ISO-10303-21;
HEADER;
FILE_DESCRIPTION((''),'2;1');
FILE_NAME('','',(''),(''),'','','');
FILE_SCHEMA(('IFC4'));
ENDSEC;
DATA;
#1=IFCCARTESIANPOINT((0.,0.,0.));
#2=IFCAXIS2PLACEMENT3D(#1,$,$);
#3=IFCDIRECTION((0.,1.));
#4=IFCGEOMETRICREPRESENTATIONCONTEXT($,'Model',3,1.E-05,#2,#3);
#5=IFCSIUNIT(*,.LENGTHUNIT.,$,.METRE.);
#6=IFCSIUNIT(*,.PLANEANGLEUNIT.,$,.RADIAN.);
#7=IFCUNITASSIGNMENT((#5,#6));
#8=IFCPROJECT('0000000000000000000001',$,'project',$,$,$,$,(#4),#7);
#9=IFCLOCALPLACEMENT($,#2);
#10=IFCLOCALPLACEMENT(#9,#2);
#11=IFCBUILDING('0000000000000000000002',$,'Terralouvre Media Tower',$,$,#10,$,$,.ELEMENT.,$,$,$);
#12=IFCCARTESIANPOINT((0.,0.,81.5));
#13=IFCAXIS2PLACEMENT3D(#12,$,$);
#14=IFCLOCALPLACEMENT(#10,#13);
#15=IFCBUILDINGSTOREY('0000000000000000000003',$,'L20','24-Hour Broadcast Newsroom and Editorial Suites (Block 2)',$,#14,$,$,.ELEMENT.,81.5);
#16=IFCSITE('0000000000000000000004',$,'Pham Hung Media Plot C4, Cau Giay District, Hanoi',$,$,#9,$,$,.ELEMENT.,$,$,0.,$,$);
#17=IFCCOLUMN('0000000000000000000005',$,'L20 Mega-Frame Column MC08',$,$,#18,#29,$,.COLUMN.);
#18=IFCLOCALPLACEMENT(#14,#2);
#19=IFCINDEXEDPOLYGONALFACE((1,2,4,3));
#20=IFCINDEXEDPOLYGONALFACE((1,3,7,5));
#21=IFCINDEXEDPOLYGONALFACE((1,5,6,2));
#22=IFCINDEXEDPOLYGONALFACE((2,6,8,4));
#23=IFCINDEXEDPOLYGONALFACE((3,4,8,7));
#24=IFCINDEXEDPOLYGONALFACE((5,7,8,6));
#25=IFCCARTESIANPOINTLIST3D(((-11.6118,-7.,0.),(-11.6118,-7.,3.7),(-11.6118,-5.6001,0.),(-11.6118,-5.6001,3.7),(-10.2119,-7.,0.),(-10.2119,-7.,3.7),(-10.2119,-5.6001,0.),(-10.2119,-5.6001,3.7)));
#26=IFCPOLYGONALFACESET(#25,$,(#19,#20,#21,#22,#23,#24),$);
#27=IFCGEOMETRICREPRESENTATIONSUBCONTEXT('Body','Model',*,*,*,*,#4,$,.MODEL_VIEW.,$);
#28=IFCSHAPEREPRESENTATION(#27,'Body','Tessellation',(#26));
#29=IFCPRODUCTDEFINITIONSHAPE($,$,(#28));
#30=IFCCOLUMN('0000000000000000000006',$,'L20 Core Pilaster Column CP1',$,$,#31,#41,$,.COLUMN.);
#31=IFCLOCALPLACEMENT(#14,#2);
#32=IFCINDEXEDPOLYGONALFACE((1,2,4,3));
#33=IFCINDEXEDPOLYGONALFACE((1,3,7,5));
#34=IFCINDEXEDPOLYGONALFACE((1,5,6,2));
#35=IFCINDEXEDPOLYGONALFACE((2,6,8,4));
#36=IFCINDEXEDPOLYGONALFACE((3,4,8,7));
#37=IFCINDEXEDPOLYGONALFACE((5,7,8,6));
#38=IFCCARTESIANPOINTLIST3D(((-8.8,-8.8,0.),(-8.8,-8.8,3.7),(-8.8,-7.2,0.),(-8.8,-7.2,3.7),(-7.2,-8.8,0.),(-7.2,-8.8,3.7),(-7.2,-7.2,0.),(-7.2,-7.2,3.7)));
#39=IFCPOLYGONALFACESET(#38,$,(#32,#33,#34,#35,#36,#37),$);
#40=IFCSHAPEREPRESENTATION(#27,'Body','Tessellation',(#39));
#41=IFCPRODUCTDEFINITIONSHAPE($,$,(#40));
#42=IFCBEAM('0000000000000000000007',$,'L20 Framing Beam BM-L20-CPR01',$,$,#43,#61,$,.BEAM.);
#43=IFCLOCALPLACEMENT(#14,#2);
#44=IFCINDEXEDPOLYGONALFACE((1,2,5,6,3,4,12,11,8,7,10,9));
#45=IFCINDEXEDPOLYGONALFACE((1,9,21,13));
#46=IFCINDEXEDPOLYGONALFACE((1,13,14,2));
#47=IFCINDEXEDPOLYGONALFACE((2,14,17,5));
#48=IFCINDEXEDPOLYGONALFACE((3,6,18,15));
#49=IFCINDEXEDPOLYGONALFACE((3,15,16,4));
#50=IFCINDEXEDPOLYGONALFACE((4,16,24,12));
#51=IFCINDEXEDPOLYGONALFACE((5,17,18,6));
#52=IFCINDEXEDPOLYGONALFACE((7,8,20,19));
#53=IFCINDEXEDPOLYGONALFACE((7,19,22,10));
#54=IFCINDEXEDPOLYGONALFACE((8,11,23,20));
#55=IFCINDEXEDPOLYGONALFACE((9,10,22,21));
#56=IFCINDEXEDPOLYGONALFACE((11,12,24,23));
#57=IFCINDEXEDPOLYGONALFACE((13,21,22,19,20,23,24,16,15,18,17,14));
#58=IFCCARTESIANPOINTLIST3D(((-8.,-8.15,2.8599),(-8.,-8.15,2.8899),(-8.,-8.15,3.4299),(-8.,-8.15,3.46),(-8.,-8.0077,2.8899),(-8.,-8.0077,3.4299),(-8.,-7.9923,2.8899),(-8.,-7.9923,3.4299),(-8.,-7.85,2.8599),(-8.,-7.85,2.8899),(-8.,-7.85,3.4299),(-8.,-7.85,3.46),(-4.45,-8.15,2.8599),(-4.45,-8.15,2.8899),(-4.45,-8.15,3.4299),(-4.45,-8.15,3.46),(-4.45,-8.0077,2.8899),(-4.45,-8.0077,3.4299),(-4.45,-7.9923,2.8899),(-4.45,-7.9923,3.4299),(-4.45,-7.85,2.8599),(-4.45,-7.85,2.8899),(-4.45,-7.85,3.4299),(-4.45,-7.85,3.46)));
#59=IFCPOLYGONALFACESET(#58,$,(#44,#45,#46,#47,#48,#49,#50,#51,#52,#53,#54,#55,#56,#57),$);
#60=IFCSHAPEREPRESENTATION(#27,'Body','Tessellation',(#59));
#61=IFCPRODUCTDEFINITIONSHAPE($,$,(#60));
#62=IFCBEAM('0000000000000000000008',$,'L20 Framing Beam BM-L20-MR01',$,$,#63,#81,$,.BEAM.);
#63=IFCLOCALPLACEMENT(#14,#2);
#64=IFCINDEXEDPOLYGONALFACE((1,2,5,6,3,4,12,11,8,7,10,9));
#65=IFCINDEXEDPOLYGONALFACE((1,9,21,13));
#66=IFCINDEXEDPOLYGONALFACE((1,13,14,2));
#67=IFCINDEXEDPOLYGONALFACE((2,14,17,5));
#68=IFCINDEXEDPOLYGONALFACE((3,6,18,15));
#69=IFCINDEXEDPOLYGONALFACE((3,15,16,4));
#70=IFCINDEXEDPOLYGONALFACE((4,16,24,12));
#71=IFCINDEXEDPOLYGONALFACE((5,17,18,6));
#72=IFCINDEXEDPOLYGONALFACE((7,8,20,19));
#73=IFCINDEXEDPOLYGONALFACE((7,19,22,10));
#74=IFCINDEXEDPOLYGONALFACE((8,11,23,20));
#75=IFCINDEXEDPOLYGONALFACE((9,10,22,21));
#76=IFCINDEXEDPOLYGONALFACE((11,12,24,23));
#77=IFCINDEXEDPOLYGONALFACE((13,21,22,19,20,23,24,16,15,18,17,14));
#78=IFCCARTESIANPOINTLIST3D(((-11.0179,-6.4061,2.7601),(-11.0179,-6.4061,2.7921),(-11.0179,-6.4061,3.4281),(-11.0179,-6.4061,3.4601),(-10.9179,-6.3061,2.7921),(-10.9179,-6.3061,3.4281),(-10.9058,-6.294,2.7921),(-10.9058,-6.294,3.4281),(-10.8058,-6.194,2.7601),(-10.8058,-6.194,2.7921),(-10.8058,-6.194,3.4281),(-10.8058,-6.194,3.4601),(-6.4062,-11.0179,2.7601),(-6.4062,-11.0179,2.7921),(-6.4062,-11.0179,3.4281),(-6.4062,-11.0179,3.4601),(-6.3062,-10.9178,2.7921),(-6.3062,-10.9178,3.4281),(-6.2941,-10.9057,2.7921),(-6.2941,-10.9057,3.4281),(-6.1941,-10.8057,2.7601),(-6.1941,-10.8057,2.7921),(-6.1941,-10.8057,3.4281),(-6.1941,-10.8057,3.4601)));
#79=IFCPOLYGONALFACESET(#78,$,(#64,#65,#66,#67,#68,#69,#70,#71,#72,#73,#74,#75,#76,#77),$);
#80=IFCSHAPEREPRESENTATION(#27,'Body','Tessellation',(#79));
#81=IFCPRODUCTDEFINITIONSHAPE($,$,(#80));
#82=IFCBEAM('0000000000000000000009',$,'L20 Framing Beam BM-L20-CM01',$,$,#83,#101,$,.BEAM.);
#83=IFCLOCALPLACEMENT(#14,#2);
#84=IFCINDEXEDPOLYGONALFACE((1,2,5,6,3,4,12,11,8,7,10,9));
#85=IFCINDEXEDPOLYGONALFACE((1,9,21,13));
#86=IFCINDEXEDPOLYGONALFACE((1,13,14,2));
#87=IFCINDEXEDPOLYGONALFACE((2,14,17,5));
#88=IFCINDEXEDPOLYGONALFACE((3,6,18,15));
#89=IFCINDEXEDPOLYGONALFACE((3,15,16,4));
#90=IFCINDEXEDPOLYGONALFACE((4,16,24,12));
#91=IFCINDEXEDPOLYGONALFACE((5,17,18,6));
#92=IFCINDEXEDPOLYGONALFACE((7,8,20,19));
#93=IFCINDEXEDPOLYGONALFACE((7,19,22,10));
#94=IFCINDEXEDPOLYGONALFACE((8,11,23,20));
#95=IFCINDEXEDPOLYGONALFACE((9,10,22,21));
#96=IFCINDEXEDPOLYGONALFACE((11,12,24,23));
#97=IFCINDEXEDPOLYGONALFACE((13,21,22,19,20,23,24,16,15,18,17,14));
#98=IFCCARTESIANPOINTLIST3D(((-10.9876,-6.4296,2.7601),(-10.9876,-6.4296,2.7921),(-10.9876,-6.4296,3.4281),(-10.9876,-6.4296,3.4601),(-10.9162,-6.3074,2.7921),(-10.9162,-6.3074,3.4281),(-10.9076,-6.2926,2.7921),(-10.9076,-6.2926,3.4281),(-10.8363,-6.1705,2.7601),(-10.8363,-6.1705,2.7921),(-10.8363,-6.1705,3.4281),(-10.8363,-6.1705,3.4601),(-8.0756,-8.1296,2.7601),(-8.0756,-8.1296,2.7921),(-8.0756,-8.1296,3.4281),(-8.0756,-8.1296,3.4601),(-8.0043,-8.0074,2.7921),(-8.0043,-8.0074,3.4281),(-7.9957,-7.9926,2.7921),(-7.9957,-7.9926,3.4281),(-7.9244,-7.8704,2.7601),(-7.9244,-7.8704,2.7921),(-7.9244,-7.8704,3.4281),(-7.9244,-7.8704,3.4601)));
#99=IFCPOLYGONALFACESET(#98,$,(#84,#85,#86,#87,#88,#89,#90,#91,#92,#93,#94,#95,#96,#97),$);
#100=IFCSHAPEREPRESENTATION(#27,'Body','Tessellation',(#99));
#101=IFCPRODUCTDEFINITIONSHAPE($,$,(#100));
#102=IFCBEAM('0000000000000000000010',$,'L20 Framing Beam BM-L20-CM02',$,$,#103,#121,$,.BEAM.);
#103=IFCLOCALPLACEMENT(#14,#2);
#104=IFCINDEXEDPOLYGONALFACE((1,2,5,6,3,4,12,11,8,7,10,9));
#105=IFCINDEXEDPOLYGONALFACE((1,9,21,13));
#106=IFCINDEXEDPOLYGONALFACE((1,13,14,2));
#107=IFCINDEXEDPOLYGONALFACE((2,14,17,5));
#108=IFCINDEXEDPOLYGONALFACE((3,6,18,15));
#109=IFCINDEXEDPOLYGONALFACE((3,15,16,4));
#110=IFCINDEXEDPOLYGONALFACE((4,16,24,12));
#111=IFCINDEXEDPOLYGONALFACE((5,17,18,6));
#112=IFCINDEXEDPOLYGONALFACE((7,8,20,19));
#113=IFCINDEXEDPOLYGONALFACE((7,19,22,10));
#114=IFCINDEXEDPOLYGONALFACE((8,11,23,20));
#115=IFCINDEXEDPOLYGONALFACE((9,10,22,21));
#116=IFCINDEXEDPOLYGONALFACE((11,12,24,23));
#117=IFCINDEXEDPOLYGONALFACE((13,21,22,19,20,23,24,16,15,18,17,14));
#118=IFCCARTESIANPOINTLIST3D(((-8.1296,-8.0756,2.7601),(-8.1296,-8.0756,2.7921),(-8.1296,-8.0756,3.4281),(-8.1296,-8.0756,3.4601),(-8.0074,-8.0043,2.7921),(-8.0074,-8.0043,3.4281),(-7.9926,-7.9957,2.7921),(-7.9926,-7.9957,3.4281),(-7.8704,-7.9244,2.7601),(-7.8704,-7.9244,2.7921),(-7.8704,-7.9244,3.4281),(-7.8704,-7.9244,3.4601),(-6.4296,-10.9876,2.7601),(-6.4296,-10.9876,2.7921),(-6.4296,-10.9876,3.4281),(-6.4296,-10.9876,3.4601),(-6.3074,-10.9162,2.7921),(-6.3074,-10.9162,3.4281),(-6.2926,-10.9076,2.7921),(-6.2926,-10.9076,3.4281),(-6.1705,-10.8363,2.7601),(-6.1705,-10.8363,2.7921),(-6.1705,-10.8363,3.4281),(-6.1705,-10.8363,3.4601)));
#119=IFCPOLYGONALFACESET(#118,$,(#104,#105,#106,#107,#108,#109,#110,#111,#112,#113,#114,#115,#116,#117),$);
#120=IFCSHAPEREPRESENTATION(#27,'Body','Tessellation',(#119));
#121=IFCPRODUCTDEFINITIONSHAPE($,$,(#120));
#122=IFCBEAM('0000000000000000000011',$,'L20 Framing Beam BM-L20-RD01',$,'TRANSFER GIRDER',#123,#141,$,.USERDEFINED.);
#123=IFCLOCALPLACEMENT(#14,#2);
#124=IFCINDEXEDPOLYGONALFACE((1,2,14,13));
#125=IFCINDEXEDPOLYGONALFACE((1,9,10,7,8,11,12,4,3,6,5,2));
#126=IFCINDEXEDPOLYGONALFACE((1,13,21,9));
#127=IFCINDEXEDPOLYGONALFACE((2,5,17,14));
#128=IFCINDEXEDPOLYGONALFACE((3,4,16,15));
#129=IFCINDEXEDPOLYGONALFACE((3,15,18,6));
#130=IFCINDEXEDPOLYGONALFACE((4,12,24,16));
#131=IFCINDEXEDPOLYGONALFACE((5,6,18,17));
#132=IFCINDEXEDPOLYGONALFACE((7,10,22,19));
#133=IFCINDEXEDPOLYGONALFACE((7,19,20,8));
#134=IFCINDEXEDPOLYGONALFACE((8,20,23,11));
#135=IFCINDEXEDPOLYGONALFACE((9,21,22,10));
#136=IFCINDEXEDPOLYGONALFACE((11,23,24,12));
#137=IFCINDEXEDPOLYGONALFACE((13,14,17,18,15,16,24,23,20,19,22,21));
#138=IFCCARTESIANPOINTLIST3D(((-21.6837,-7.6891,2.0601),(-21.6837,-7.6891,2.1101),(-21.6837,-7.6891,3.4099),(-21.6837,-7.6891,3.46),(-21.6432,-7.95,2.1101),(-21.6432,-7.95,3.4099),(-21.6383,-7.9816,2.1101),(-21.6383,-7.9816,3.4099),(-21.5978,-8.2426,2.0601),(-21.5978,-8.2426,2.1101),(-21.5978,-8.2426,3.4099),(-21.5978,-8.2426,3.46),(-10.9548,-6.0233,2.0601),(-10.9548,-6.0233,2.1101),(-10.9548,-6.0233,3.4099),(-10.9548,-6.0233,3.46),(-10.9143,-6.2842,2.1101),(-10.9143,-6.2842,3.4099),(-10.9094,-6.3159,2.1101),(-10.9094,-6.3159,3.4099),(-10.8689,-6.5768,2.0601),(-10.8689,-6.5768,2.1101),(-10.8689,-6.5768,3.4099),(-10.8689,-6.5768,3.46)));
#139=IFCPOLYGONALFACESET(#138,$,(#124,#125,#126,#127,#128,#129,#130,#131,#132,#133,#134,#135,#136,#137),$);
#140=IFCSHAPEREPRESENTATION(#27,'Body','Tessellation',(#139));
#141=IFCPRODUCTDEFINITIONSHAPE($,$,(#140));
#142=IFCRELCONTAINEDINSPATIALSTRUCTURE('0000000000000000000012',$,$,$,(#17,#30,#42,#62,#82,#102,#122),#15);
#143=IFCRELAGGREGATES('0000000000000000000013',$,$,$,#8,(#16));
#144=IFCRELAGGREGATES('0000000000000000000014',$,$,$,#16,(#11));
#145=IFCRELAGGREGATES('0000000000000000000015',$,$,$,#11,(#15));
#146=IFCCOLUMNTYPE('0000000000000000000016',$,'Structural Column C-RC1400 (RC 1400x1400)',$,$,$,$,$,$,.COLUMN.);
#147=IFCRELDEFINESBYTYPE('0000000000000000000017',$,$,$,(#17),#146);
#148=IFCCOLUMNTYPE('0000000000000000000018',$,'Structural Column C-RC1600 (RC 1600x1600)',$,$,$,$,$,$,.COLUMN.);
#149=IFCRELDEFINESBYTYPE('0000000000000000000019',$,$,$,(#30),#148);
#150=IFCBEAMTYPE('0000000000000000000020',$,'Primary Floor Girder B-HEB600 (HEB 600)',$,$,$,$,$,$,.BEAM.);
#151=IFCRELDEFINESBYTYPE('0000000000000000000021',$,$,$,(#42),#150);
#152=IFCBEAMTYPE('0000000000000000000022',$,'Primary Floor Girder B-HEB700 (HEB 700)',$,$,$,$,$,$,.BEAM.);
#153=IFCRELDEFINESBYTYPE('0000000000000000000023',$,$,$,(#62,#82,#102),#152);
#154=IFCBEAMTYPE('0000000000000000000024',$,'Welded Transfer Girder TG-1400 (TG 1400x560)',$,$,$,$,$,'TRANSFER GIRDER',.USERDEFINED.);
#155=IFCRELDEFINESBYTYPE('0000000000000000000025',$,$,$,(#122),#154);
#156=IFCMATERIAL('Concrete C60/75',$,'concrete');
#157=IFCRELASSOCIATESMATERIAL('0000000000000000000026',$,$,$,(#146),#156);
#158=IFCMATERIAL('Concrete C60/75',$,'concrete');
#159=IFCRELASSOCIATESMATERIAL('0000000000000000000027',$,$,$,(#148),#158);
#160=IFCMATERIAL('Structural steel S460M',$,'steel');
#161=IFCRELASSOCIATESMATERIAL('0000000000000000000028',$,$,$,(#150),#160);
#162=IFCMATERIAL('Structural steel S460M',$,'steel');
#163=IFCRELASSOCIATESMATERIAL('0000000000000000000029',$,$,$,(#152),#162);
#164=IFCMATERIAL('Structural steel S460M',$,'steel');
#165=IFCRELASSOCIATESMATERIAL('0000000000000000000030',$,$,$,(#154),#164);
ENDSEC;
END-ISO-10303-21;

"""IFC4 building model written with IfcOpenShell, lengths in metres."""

from ifc_helpers import new_model, si_unit, direction, frame, origin, origin_2d, place, context, subcontext, project, spatial, rectangle, i_section, extrude, material, material_profile, profile_set, type_object, element, save


model = new_model("IFC4")

# Units and contexts
model_context = context("Model", 3, precision=1e-05, world=origin(), true_north=direction((0.0, 1.0)))
body_context = subcontext(model_context, "Body", "Model", "MODEL_VIEW")
ifc_project = project(units=[si_unit("LENGTHUNIT", "METRE"), si_unit("PLANEANGLEUNIT", "RADIAN")], contexts=[model_context])

# Site, building, storey
site_placement = place(None, origin())
site = spatial("IfcSite", under=ifc_project, at=site_placement, Name="Pham Hung Media Plot C4, Cau Giay District, Hanoi", CompositionType="ELEMENT", RefElevation=0.0)
building_placement = place(site_placement, origin())
building = spatial("IfcBuilding", under=site, at=building_placement, Name="Terralouvre Media Tower", CompositionType="ELEMENT")
storey_placement = place(building_placement, frame((0.0, 0.0, 81.5)))
storey = spatial("IfcBuildingStorey", under=building, at=storey_placement, Name="L20", Description="24-Hour Broadcast Newsroom and Editorial Suites (Block 2)", CompositionType="ELEMENT", Elevation=81.5)

# Columns
ifc_material_1 = material(Name="Concrete C60/75", Category="concrete")
ifc_material_profile_1 = material_profile(ifc_material_1, rectangle(XDim=1.3999, YDim=1.3999, at=origin_2d()), Name="RC 1400x1400")
ifc_profile_set_1 = profile_set([ifc_material_profile_1], Name="Concrete C60/75")
column_type_1 = type_object("IfcColumnType", Name="Structural Column C-RC1400 (RC 1400x1400)", PredefinedType="COLUMN", material=ifc_profile_set_1)
column_1_placement = place(storey_placement, frame((-10.9119, -6.3, 0.0), z_axis=(0.0, 0.0, 1.0), x_axis=(1.0, 0.0, 0.0)))
element("IfcColumn", 1, at=column_1_placement, inside=storey, type_object=column_type_1, Name="L20 Mega-Frame Column MC08", PredefinedType="COLUMN", context=body_context, shape_type="SweptSolid", body=[
    extrude(rectangle(XDim=1.3999, YDim=1.3999, at=origin_2d()), origin(), (0.0, 0.0, 1.0), 3.7),
])
ifc_material_2 = material(Name="Concrete C60/75", Category="concrete")
ifc_material_profile_2 = material_profile(ifc_material_2, rectangle(XDim=1.6001, YDim=1.6001, at=origin_2d()), Name="RC 1600x1600")
ifc_profile_set_2 = profile_set([ifc_material_profile_2], Name="Concrete C60/75")
column_type_2 = type_object("IfcColumnType", Name="Structural Column C-RC1600 (RC 1600x1600)", PredefinedType="COLUMN", material=ifc_profile_set_2)
column_2_placement = place(storey_placement, frame((-8.0, -8.0, 0.0), z_axis=(0.0, 0.0, 1.0), x_axis=(1.0, 0.0, 0.0)))
element("IfcColumn", 2, at=column_2_placement, inside=storey, type_object=column_type_2, Name="L20 Core Pilaster Column CP1", PredefinedType="COLUMN", context=body_context, shape_type="SweptSolid", body=[
    extrude(rectangle(XDim=1.6001, YDim=1.6001, at=origin_2d()), origin(), (0.0, 0.0, 1.0), 3.7),
])

# Beams
ifc_material_3 = material(Name="Structural steel S460M", Category="steel")
ifc_material_profile_3 = material_profile(ifc_material_3, i_section(OverallWidth=0.3, OverallDepth=0.6001, WebThickness=0.0154, FlangeThickness=0.03, at=origin_2d()), Name="HEB 600")
ifc_profile_set_3 = profile_set([ifc_material_profile_3], Name="Structural steel S460M")
beam_type_1 = type_object("IfcBeamType", Name="Primary Floor Girder B-HEB600 (HEB 600)", PredefinedType="BEAM", material=ifc_profile_set_3)
beam_1_placement = place(storey_placement, frame((-8.0, -8.0, 3.1599), z_axis=(1.0, 0.0, 0.0), x_axis=(0.0, 1.0, 0.0)))
element("IfcBeam", 3, at=beam_1_placement, inside=storey, type_object=beam_type_1, Name="L20 Framing Beam BM-L20-CPR01", PredefinedType="BEAM", context=body_context, shape_type="SweptSolid", body=[
    extrude(i_section(OverallWidth=0.3, OverallDepth=0.6001, WebThickness=0.0154, FlangeThickness=0.03, at=origin_2d()), origin(), (0.0, 0.0, 1.0), 3.55),
])
ifc_material_4 = material(Name="Structural steel S460M", Category="steel")
ifc_material_profile_4 = material_profile(ifc_material_4, i_section(OverallWidth=0.3, OverallDepth=0.7, WebThickness=0.0171, FlangeThickness=0.032, at=origin_2d()), Name="HEB 700")
ifc_profile_set_4 = profile_set([ifc_material_profile_4], Name="Structural steel S460M")
beam_type_2 = type_object("IfcBeamType", Name="Primary Floor Girder B-HEB700 (HEB 700)", PredefinedType="BEAM", material=ifc_profile_set_4)
beam_2_placement = place(storey_placement, frame((-10.9119, -6.3, 3.1101), z_axis=(0.707107, -0.707107, 0.0), x_axis=(0.707107, 0.707107, 0.0)))
element("IfcBeam", 4, at=beam_2_placement, inside=storey, type_object=beam_type_2, Name="L20 Framing Beam BM-L20-MR01", PredefinedType="BEAM", context=body_context, shape_type="SweptSolid", body=[
    extrude(i_section(OverallWidth=0.3, OverallDepth=0.7, WebThickness=0.0171, FlangeThickness=0.032, at=origin_2d()), origin(), (0.0, 0.0, 1.0), 6.522),
])
for number, where, z_axis, x_axis, name in (
    (5, (-8.0, -8.0, 3.1101), (-0.863603, 0.504173, 0.0), (-0.504173, -0.863603, 0.0), "L20 Framing Beam BM-L20-CM01"),
    (6, (-8.0, -8.0, 3.1101), (0.504173, -0.863603, 0.0), (0.863603, 0.504173, 0.0), "L20 Framing Beam BM-L20-CM02"),
):
    element("IfcBeam", number, at=place(storey_placement, frame(where, z_axis=z_axis, x_axis=x_axis)), inside=storey, type_object=beam_type_2, Name=name, PredefinedType="BEAM", context=body_context, shape_type="SweptSolid", body=[
        extrude(i_section(OverallWidth=0.3, OverallDepth=0.7, WebThickness=0.0171, FlangeThickness=0.032, at=origin_2d()), origin(), (0.0, 0.0, 1.0), 3.3718),
    ])
ifc_material_5 = material(Name="Structural steel S460M", Category="steel")
ifc_material_profile_5 = material_profile(ifc_material_5, i_section(OverallWidth=0.5601, OverallDepth=1.3999, WebThickness=0.032, FlangeThickness=0.05, at=origin_2d()), Name="TG 1400x560")
ifc_profile_set_5 = profile_set([ifc_material_profile_5], Name="Structural steel S460M")
beam_type_3 = type_object("IfcBeamType", Name="Welded Transfer Girder TG-1400 (TG 1400x560)", ElementType="TRANSFER GIRDER", PredefinedType="USERDEFINED", material=ifc_profile_set_5)
beam_3_placement = place(storey_placement, frame((-10.9119, -6.3, 2.76), z_axis=(-0.98816, -0.153424, 0.0), x_axis=(0.153424, -0.98816, 0.0)))
element("IfcBeam", 7, at=beam_3_placement, inside=storey, type_object=beam_type_3, Name="L20 Framing Beam BM-L20-RD01", ObjectType="TRANSFER GIRDER", PredefinedType="USERDEFINED", context=body_context, shape_type="SweptSolid", body=[
    extrude(i_section(OverallWidth=0.5601, OverallDepth=1.3999, WebThickness=0.032, FlangeThickness=0.05, at=origin_2d()), origin(), (0.0, 0.0, 1.0), 10.8574),
])

save(model, "model.ifc")
